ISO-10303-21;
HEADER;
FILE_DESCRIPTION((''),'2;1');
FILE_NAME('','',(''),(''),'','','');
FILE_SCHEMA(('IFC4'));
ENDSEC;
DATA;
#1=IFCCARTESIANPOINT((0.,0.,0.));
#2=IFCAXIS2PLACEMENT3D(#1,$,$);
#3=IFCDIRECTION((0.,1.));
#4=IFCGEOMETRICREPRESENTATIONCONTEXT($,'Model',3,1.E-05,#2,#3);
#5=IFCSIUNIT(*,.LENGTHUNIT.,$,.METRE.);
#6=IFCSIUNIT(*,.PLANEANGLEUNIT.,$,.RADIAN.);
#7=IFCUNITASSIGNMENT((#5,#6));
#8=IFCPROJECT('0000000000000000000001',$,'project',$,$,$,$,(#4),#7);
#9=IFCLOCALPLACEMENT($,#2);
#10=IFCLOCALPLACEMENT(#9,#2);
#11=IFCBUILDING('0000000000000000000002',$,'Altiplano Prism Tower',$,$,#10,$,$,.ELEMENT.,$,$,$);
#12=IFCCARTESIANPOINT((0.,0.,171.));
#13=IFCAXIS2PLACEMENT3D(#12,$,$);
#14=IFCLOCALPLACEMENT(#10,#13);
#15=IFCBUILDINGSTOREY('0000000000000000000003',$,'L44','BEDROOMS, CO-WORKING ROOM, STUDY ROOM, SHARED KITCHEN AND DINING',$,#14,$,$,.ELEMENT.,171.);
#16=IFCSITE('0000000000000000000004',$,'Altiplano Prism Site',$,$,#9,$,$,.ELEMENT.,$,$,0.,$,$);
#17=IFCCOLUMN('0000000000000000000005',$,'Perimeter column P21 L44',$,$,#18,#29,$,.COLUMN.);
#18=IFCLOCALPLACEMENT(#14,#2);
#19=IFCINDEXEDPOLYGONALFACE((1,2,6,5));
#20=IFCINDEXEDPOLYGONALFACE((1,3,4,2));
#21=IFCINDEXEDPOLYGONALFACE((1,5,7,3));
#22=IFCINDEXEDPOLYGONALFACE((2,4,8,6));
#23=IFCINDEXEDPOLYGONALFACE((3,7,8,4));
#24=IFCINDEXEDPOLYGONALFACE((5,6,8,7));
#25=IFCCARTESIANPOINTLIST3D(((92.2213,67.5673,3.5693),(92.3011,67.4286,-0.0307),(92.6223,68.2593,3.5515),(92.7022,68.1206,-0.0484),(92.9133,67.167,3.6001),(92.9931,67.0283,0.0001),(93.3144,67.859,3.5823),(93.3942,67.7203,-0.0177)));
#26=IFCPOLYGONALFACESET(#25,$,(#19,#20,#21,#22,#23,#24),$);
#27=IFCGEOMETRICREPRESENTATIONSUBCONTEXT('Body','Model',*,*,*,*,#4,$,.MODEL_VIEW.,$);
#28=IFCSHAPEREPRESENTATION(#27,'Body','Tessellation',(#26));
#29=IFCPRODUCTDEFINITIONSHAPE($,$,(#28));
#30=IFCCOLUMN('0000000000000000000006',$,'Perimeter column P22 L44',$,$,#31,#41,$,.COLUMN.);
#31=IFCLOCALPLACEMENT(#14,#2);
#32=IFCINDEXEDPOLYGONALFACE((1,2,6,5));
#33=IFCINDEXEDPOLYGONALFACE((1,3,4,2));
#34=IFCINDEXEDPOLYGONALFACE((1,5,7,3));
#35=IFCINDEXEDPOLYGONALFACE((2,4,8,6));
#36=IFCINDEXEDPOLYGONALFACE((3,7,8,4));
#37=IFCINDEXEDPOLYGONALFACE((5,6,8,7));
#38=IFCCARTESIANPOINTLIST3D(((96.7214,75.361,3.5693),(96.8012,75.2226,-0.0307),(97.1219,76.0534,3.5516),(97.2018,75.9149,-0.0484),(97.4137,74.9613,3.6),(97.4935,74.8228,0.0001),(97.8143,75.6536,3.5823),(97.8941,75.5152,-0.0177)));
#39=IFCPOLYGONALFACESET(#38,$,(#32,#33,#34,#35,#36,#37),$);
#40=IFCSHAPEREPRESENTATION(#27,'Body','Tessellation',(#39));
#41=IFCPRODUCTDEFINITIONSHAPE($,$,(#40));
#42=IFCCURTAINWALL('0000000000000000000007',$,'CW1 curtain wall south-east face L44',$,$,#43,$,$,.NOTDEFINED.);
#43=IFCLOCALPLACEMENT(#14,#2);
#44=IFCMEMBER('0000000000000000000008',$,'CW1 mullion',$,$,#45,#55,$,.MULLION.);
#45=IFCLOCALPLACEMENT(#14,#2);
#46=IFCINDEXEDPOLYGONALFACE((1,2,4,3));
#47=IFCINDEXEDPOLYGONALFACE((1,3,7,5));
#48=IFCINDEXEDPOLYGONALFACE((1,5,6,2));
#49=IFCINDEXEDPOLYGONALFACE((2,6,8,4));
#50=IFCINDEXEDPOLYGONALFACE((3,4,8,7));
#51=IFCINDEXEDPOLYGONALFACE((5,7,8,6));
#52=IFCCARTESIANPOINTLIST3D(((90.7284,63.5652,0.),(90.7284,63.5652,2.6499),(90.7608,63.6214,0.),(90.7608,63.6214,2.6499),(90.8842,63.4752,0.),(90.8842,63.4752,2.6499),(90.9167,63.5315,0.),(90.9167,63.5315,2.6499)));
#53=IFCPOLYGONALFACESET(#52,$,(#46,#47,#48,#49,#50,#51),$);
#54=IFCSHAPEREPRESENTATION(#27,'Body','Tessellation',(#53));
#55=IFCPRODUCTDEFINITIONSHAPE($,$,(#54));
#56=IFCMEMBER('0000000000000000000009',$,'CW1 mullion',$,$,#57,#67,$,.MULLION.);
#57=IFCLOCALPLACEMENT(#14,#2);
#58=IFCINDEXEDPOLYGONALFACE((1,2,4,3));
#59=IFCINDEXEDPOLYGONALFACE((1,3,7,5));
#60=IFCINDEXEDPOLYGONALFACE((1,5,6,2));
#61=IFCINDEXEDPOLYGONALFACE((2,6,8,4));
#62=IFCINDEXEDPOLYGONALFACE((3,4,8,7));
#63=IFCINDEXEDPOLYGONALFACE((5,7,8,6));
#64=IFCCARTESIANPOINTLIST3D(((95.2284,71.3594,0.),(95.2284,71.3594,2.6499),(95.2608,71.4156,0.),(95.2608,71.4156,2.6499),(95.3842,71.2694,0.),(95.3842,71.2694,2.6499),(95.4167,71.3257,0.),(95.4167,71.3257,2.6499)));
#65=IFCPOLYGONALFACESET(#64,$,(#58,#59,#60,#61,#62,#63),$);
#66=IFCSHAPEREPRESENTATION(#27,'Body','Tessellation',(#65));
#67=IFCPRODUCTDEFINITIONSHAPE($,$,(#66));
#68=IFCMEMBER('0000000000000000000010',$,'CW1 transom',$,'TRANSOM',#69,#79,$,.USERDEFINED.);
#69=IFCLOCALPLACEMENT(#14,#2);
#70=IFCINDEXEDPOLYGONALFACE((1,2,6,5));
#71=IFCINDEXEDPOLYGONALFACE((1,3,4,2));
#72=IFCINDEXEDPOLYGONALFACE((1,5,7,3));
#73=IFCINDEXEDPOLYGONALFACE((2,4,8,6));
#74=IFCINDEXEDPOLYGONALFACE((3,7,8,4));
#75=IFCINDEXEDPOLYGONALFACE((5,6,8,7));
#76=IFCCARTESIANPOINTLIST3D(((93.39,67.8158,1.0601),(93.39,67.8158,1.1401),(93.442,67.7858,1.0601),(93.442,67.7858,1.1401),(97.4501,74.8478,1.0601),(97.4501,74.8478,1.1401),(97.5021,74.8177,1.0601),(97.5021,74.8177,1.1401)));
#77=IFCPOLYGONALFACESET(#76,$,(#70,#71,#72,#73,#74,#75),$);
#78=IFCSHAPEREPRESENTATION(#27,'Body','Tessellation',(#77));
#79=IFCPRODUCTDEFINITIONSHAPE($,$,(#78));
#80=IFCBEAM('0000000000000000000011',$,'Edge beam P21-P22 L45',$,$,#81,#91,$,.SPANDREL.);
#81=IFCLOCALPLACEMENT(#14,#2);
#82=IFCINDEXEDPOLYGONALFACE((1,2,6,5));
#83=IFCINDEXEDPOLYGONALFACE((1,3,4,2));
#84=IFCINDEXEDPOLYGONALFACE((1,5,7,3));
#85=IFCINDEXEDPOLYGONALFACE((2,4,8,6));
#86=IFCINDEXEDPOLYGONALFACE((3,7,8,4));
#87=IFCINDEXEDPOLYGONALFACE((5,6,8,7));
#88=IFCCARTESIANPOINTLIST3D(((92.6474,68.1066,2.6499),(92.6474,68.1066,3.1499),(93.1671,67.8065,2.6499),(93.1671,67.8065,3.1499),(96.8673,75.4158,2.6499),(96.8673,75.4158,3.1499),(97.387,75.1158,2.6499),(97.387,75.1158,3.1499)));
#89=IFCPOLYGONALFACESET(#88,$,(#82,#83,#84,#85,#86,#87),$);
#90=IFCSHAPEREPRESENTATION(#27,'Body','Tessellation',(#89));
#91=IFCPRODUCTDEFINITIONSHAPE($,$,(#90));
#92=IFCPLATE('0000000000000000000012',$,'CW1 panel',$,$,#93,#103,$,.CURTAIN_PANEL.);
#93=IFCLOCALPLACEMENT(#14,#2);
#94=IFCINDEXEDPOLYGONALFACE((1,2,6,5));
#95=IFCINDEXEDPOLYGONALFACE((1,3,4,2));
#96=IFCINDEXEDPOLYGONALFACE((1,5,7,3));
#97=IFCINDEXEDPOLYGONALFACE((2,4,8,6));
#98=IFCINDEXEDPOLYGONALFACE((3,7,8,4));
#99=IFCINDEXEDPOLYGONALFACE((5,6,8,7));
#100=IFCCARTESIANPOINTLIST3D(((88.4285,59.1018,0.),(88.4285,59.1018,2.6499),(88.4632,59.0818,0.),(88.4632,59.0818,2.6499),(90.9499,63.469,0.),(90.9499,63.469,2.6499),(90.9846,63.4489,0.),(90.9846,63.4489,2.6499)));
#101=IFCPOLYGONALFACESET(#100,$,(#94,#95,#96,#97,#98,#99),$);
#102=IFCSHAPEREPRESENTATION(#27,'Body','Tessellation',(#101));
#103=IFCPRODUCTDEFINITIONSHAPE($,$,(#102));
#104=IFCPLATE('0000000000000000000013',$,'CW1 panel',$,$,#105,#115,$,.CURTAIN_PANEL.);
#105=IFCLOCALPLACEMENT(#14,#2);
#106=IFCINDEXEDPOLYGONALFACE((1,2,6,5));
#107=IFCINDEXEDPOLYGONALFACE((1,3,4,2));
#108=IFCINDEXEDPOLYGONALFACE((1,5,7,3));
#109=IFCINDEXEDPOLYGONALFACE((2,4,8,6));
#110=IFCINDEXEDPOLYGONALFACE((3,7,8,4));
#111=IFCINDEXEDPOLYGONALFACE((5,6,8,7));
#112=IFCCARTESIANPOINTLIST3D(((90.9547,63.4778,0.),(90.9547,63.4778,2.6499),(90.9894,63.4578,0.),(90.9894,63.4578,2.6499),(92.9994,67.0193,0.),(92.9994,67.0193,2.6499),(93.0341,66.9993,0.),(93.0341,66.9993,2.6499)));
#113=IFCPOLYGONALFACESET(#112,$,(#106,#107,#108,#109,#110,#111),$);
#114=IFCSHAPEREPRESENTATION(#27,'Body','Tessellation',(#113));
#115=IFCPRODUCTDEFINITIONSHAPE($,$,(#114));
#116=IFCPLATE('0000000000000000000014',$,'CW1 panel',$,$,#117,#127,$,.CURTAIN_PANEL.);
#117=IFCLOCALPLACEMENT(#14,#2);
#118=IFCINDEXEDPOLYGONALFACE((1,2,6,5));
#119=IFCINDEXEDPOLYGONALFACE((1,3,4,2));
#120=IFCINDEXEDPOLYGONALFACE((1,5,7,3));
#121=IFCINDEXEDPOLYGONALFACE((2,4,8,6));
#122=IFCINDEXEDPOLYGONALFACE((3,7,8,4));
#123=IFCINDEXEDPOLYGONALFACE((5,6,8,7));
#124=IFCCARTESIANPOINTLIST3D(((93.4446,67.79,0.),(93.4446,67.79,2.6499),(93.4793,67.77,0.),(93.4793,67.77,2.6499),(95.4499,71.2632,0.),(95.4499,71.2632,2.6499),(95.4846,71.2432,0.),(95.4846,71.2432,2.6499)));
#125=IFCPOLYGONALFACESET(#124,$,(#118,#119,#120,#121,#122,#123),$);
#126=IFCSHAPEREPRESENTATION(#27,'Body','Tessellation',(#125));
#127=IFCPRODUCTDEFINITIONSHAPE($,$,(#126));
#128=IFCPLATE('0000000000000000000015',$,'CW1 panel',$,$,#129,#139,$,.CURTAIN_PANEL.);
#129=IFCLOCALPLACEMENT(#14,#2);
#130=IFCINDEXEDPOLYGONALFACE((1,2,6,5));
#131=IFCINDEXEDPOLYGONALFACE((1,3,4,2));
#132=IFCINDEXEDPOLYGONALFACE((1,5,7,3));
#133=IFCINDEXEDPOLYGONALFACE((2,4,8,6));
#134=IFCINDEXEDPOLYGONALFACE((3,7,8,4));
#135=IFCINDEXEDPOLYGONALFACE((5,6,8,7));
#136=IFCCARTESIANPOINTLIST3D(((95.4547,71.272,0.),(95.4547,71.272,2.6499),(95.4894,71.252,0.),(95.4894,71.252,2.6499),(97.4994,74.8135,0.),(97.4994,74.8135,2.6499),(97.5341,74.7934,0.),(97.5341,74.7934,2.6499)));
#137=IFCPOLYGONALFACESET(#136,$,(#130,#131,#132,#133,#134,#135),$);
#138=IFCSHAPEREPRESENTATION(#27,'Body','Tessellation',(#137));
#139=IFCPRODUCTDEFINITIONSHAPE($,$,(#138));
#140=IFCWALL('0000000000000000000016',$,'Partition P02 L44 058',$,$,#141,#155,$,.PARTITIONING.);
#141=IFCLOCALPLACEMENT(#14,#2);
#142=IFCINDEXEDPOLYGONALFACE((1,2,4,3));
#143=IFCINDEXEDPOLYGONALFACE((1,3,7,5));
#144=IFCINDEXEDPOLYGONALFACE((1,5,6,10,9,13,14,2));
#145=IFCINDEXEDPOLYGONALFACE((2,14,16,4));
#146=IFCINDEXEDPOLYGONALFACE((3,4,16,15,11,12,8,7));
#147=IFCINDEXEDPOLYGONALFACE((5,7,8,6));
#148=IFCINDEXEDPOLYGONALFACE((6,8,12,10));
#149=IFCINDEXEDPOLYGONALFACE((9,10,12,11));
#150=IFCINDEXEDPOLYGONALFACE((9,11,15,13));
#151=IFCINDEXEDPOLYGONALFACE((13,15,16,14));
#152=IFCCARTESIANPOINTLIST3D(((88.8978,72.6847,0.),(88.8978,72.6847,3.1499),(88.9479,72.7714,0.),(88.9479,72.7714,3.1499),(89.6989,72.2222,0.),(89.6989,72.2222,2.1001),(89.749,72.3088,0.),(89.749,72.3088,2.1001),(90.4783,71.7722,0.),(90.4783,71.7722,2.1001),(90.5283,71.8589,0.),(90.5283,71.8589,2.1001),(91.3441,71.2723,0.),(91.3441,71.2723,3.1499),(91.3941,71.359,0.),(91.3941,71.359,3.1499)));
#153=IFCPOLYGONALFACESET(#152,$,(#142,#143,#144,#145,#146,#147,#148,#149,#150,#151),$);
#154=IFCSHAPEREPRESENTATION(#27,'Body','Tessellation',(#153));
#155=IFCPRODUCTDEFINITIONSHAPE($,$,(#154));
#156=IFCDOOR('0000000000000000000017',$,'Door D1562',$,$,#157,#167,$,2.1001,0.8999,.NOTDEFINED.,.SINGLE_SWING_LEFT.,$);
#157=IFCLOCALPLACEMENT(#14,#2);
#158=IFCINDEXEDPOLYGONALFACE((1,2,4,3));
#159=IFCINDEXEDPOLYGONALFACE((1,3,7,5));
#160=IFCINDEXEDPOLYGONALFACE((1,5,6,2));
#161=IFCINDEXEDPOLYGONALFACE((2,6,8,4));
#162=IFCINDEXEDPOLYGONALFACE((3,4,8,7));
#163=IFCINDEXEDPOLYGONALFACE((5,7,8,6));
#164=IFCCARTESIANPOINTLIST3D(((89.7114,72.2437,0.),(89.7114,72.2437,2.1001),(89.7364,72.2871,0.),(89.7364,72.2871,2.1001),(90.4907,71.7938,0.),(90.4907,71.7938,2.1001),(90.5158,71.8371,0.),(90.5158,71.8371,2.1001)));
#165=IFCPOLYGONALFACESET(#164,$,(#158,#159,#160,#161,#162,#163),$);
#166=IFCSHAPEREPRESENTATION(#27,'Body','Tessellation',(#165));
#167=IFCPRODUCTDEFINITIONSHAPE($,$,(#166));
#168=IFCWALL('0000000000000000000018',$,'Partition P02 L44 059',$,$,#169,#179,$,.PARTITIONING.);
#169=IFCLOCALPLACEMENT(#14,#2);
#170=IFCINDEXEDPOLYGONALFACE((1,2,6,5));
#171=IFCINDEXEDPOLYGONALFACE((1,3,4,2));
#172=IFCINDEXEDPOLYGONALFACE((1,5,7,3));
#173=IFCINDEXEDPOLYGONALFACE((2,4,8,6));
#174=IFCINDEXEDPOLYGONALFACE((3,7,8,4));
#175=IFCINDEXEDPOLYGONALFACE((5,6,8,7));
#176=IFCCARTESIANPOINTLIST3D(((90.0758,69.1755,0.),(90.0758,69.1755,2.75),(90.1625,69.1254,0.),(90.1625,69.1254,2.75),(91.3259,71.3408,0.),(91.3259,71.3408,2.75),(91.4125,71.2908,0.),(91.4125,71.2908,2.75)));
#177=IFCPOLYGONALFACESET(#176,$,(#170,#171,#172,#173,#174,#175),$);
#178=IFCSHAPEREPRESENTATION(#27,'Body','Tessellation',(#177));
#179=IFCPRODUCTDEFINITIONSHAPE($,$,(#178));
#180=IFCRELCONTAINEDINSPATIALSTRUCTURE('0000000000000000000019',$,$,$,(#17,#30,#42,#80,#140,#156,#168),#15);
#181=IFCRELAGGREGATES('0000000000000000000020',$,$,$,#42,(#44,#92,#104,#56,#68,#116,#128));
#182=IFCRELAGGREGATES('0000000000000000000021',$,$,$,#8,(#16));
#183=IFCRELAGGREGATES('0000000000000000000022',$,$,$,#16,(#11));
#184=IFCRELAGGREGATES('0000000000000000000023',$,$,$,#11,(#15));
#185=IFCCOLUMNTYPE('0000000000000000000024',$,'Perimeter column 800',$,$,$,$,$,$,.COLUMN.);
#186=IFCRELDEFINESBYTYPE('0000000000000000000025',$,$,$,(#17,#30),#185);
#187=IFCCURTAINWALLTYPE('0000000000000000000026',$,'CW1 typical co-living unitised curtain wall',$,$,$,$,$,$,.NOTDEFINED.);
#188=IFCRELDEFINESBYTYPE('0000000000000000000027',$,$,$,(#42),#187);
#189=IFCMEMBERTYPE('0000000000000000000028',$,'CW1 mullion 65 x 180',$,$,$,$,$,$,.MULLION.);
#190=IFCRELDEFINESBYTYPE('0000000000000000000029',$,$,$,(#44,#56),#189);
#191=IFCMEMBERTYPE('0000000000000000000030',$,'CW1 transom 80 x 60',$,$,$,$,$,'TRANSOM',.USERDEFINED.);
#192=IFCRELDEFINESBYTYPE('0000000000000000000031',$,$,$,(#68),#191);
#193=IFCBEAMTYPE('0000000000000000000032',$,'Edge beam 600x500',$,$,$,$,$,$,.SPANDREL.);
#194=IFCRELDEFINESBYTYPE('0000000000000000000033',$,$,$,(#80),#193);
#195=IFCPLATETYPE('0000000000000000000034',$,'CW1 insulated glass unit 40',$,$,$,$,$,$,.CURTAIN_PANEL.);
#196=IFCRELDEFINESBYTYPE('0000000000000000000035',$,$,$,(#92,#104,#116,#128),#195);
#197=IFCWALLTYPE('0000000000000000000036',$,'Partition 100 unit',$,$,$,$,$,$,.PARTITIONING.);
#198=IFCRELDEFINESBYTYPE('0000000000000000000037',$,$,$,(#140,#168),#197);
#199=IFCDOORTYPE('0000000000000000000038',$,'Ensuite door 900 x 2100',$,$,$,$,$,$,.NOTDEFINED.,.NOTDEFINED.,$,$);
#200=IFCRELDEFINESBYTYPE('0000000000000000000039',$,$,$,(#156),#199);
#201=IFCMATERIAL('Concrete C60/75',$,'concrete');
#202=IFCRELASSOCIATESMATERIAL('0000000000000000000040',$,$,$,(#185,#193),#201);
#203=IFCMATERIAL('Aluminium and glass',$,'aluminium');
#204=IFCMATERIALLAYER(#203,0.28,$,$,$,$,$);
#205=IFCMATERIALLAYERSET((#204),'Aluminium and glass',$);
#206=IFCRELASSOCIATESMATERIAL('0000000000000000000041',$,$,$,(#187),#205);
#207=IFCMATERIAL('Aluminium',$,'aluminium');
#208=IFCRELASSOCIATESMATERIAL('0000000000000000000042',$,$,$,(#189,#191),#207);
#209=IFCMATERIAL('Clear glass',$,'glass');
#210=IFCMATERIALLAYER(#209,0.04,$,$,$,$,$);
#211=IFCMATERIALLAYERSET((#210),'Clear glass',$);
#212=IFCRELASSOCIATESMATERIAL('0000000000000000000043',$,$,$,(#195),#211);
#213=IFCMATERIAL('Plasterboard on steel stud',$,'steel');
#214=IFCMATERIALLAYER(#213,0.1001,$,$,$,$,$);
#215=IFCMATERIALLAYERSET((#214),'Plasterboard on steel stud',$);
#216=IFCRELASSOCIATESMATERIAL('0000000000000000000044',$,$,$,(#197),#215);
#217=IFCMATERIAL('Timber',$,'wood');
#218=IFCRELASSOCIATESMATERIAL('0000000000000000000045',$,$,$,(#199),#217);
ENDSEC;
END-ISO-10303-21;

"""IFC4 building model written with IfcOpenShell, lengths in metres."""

from ifc_helpers import new_model, si_unit, direction, frame, frame_2d, origin, origin_2d, place, context, subcontext, project, spatial, rectangle, extrude, material, layer, layer_set, material_profile, profile_set, type_object, element, fill, aggregate, save


model = new_model("IFC4")

# Units and contexts
model_context = context("Model", 3, precision=1e-05, world=origin(), true_north=direction((0.0, 1.0)))
body_context = subcontext(model_context, "Body", "Model", "MODEL_VIEW")
ifc_project = project(units=[si_unit("LENGTHUNIT", "METRE"), si_unit("PLANEANGLEUNIT", "RADIAN")], contexts=[model_context])

# Site, building, storey
site_placement = place(None, origin())
site = spatial("IfcSite", under=ifc_project, at=site_placement, Name="Altiplano Prism Site", CompositionType="ELEMENT", RefElevation=0.0)
building_placement = place(site_placement, origin())
building = spatial("IfcBuilding", under=site, at=building_placement, Name="Altiplano Prism Tower", CompositionType="ELEMENT")
storey_placement = place(building_placement, frame((0.0, 0.0, 171.0)))
storey = spatial("IfcBuildingStorey", under=building, at=storey_placement, Name="L44", Description="BEDROOMS, CO-WORKING ROOM, STUDY ROOM, SHARED KITCHEN AND DINING", CompositionType="ELEMENT", Elevation=171.0)

# Columns
ifc_material_1 = material(Name="Concrete C60/75", Category="concrete")
ifc_material_profile_1 = material_profile(ifc_material_1, rectangle(XDim=0.8, YDim=0.8, at=origin_2d()), Name="Perimeter column 800")
ifc_profile_set_1 = profile_set([ifc_material_profile_1], Name="Concrete C60/75")
column_type = type_object("IfcColumnType", Name="Perimeter column 800", PredefinedType="COLUMN", material=ifc_profile_set_1)
for number, where, z_axis, x_axis, name in (
    (1, (92.8477, 67.5745, -0.0242), (-0.022155, 0.038484, 0.999014), (-0.501313, -0.864981, 0.022203), "Perimeter column P21 L44"),
    (2, (97.3477, 75.3689, -0.0242), (-0.022155, 0.038416, 0.999016), (-0.500653, -0.865364, 0.022173), "Perimeter column P22 L44"),
):
    element("IfcColumn", number, at=place(storey_placement, frame(where, z_axis=z_axis, x_axis=x_axis)), inside=storey, type_object=column_type, Name=name, PredefinedType="COLUMN", context=body_context, shape_type="SweptSolid", body=[
        extrude(rectangle(XDim=0.8, YDim=0.8, at=origin_2d()), origin(), (0.0, 0.0, 1.0), 3.6035),
    ])

# Curtain wall, members
ifc_material_2 = material(Name="Aluminium and glass", Category="aluminium")
ifc_layer_1 = layer(ifc_material_2, 0.28)
ifc_layer_set_1 = layer_set([ifc_layer_1], Name="Aluminium and glass")
curtain_wall_type = type_object("IfcCurtainWallType", Name="CW1 typical co-living unitised curtain wall", PredefinedType="NOTDEFINED", material=ifc_layer_set_1)
curtain_wall_placement = place(storey_placement, origin())
curtain_wall = element("IfcCurtainWall", 3, at=curtain_wall_placement, inside=storey, type_object=curtain_wall_type, Name="CW1 curtain wall south-east face L44", PredefinedType="NOTDEFINED")
ifc_material_3 = material(Name="Aluminium", Category="aluminium")
ifc_material_profile_2 = material_profile(ifc_material_3, rectangle(XDim=0.1799, YDim=0.0649, at=origin_2d()), Name="CW1 mullion 65 x 180")
ifc_profile_set_2 = profile_set([ifc_material_profile_2], Name="Aluminium")
member_type_1 = type_object("IfcMemberType", Name="CW1 mullion 65 x 180", PredefinedType="MULLION", material=ifc_profile_set_2)
member_1_placement = place(storey_placement, frame((90.8225, 63.5483, 0.0), z_axis=(0.0, 0.0, 1.0), x_axis=(-0.866025, 0.5, 0.0)))
member_1 = element("IfcMember", 4, at=member_1_placement, type_object=member_type_1, Name="CW1 mullion", PredefinedType="MULLION", context=body_context, shape_type="SweptSolid", body=[
    extrude(rectangle(XDim=0.1799, YDim=0.0649, at=origin_2d()), origin(), (0.0, 0.0, 1.0), 2.6499),
])
member_2_placement = place(storey_placement, frame((95.3225, 71.3425, 0.0), z_axis=(0.0, 0.0, 1.0), x_axis=(-0.866025, 0.5, 0.0)))
member_2 = element("IfcMember", 5, at=member_2_placement, type_object=member_type_1, Name="CW1 mullion", PredefinedType="MULLION", context=body_context, shape_type="SweptSolid", body=[
    extrude(rectangle(XDim=0.1799, YDim=0.0649, at=origin_2d()), origin(), (0.0, 0.0, 1.0), 2.6499),
])
ifc_material_profile_3 = material_profile(ifc_material_3, rectangle(XDim=0.0601, YDim=0.0801, at=origin_2d()), Name="CW1 transom 80 x 60")
ifc_profile_set_3 = profile_set([ifc_material_profile_3], Name="Aluminium")
member_type_2 = type_object("IfcMemberType", Name="CW1 transom 80 x 60", ElementType="TRANSOM", PredefinedType="USERDEFINED", material=ifc_profile_set_3)
member_3_placement = place(storey_placement, frame((93.416, 67.8008, 1.1001), z_axis=(0.500013, 0.866018, 0.0), x_axis=(-0.866018, 0.500013, 0.0)))
member_3 = element("IfcMember", 6, at=member_3_placement, type_object=member_type_2, Name="CW1 transom", ObjectType="TRANSOM", PredefinedType="USERDEFINED", context=body_context, shape_type="SweptSolid", body=[
    extrude(rectangle(XDim=0.0601, YDim=0.0801, at=origin_2d()), origin(), (0.0, 0.0, 1.0), 8.1199),
])

# Beam
ifc_material_profile_4 = material_profile(ifc_material_1, rectangle(XDim=0.6001, YDim=0.5, at=origin_2d()), Name="Edge beam 600x500")
ifc_profile_set_4 = profile_set([ifc_material_profile_4], Name="Concrete C60/75")
beam_type = type_object("IfcBeamType", Name="Edge beam 600x500", PredefinedType="SPANDREL", material=ifc_profile_set_4)
beam_placement = place(storey_placement, frame((92.9072, 67.9565, 2.8999), z_axis=(0.499994, 0.866029, 0.0), x_axis=(-0.866029, 0.499994, 0.0)))
element("IfcBeam", 7, at=beam_placement, inside=storey, type_object=beam_type, Name="Edge beam P21-P22 L45", PredefinedType="SPANDREL", context=body_context, shape_type="SweptSolid", body=[
    extrude(rectangle(XDim=0.6001, YDim=0.5, at=origin_2d()), origin(), (0.0, 0.0, 1.0), 8.4399),
])

# Plates
ifc_material_4 = material(Name="Clear glass", Category="glass")
ifc_layer_2 = layer(ifc_material_4, 0.04)
ifc_layer_set_2 = layer_set([ifc_layer_2], Name="Clear glass")
plate_type = type_object("IfcPlateType", Name="CW1 insulated glass unit 40", PredefinedType="CURTAIN_PANEL", material=ifc_layer_set_2)
plate_1_placement = place(storey_placement, frame((89.7065, 61.2754, 0.0), z_axis=(0.0, 0.0, 1.0), x_axis=(0.5, 0.866025, 0.0)))
plate_1 = element("IfcPlate", 8, at=plate_1_placement, type_object=plate_type, Name="CW1 panel", PredefinedType="CURTAIN_PANEL", context=body_context, shape_type="SweptSolid", body=[
    extrude(rectangle(XDim=5.0427, YDim=0.04, at=origin_2d()), origin(), (0.0, 0.0, 1.0), 2.6499),
])
plate_2_placement = place(storey_placement, frame((91.9944, 65.2385, 0.0), z_axis=(0.0, 0.0, 1.0), x_axis=(0.5, 0.866025, 0.0)))
plate_2 = element("IfcPlate", 9, at=plate_2_placement, type_object=plate_type, Name="CW1 panel", PredefinedType="CURTAIN_PANEL", context=body_context, shape_type="SweptSolid", body=[
    extrude(rectangle(XDim=4.0894, YDim=0.04, at=origin_2d()), origin(), (0.0, 0.0, 1.0), 2.6499),
])
plate_3_placement = place(storey_placement, frame((94.4646, 69.5166, 0.0), z_axis=(0.0, 0.0, 1.0), x_axis=(0.5, 0.866025, 0.0)))
plate_3 = element("IfcPlate", 10, at=plate_3_placement, type_object=plate_type, Name="CW1 panel", PredefinedType="CURTAIN_PANEL", context=body_context, shape_type="SweptSolid", body=[
    extrude(rectangle(XDim=4.0105, YDim=0.04, at=origin_2d()), origin(), (0.0, 0.0, 1.0), 2.6499),
])
plate_4_placement = place(storey_placement, frame((96.4944, 73.0327, 0.0), z_axis=(0.0, 0.0, 1.0), x_axis=(0.5, 0.866025, 0.0)))
plate_4 = element("IfcPlate", 11, at=plate_4_placement, type_object=plate_type, Name="CW1 panel", PredefinedType="CURTAIN_PANEL", context=body_context, shape_type="SweptSolid", body=[
    extrude(rectangle(XDim=4.0894, YDim=0.04, at=origin_2d()), origin(), (0.0, 0.0, 1.0), 2.6499),
])
aggregate(curtain_wall, [member_1, plate_1, plate_2, member_2, member_3, plate_3, plate_4])

# Wall, opening, door
ifc_material_5 = material(Name="Plasterboard on steel stud", Category="steel")
ifc_layer_3 = layer(ifc_material_5, 0.1001)
ifc_layer_set_3 = layer_set([ifc_layer_3], Name="Plasterboard on steel stud")
wall_type_1 = type_object("IfcWallType", Name="Partition 100 unit", PredefinedType="PARTITIONING", material=ifc_layer_set_3)
wall_1_placement = place(storey_placement, frame((88.9229, 72.728, 0.0), z_axis=(0.0, 0.0, 1.0), x_axis=(0.866027, -0.499997, 0.0)))
wall_1 = element("IfcWall", 12, at=wall_1_placement, inside=storey, type_object=wall_type_1, Name="Partition P02 L44 058", PredefinedType="PARTITIONING", context=body_context, shape_type="SweptSolid", body=[
    extrude(rectangle(XDim=2.8247, YDim=0.1001, at=frame_2d((1.4124, 0.0))), origin(), (0.0, 0.0, 1.0), 3.1499),
])
opening_1_placement = place(wall_1_placement, frame((0.925, 0.0, 0.0)))
opening_1 = element("IfcOpeningElement", 13, at=opening_1_placement, cuts=wall_1, PredefinedType="OPENING", context=body_context, shape_type="SweptSolid", body=[
    extrude(rectangle(XDim=0.8999, YDim=2.1001, at=frame_2d((0.45, 1.05))), frame((0.0, 0.0605, 0.0), z_axis=(0.0, -1.0, 0.0), x_axis=(1.0, 0.0, 0.0)), (0.0, 0.0, 1.0), 0.1211),
])
ifc_material_6 = material(Name="Timber", Category="wood")
door_type = type_object("IfcDoorType", Name="Ensuite door 900 x 2100", OperationType="NOTDEFINED", PredefinedType="NOTDEFINED", material=ifc_material_6)
door_1_placement = place(opening_1_placement, origin())
door_1 = element("IfcDoor", 14, at=door_1_placement, inside=storey, type_object=door_type, Name="Door D1562", OperationType="SINGLE_SWING_LEFT", OverallHeight=2.1001, OverallWidth=0.8999, PredefinedType="NOTDEFINED", context=body_context, shape_type="SweptSolid", body=[
    extrude(rectangle(XDim=0.8999, YDim=2.1001, at=frame_2d((0.45, 1.05))), frame((0.0, 0.0249, 0.0), z_axis=(0.0, -1.0, 0.0), x_axis=(1.0, 0.0, 0.0)), (0.0, 0.0, 1.0), 0.05),
])
fill(opening_1, door_1)

# Wall
wall_2_placement = place(storey_placement, frame((91.3691, 71.3157, 0.0), z_axis=(0.0, 0.0, 1.0), x_axis=(-0.499962, -0.866047, 0.0)))
element("IfcWall", 15, at=wall_2_placement, inside=storey, type_object=wall_type_1, Name="Partition P02 L44 059", PredefinedType="PARTITIONING", context=body_context, shape_type="SweptSolid", body=[
    extrude(rectangle(XDim=2.5002, YDim=0.1001, at=frame_2d((1.25, 0.0))), origin(), (0.0, 0.0, 1.0), 2.75),
])

save(model, "model.ifc")
